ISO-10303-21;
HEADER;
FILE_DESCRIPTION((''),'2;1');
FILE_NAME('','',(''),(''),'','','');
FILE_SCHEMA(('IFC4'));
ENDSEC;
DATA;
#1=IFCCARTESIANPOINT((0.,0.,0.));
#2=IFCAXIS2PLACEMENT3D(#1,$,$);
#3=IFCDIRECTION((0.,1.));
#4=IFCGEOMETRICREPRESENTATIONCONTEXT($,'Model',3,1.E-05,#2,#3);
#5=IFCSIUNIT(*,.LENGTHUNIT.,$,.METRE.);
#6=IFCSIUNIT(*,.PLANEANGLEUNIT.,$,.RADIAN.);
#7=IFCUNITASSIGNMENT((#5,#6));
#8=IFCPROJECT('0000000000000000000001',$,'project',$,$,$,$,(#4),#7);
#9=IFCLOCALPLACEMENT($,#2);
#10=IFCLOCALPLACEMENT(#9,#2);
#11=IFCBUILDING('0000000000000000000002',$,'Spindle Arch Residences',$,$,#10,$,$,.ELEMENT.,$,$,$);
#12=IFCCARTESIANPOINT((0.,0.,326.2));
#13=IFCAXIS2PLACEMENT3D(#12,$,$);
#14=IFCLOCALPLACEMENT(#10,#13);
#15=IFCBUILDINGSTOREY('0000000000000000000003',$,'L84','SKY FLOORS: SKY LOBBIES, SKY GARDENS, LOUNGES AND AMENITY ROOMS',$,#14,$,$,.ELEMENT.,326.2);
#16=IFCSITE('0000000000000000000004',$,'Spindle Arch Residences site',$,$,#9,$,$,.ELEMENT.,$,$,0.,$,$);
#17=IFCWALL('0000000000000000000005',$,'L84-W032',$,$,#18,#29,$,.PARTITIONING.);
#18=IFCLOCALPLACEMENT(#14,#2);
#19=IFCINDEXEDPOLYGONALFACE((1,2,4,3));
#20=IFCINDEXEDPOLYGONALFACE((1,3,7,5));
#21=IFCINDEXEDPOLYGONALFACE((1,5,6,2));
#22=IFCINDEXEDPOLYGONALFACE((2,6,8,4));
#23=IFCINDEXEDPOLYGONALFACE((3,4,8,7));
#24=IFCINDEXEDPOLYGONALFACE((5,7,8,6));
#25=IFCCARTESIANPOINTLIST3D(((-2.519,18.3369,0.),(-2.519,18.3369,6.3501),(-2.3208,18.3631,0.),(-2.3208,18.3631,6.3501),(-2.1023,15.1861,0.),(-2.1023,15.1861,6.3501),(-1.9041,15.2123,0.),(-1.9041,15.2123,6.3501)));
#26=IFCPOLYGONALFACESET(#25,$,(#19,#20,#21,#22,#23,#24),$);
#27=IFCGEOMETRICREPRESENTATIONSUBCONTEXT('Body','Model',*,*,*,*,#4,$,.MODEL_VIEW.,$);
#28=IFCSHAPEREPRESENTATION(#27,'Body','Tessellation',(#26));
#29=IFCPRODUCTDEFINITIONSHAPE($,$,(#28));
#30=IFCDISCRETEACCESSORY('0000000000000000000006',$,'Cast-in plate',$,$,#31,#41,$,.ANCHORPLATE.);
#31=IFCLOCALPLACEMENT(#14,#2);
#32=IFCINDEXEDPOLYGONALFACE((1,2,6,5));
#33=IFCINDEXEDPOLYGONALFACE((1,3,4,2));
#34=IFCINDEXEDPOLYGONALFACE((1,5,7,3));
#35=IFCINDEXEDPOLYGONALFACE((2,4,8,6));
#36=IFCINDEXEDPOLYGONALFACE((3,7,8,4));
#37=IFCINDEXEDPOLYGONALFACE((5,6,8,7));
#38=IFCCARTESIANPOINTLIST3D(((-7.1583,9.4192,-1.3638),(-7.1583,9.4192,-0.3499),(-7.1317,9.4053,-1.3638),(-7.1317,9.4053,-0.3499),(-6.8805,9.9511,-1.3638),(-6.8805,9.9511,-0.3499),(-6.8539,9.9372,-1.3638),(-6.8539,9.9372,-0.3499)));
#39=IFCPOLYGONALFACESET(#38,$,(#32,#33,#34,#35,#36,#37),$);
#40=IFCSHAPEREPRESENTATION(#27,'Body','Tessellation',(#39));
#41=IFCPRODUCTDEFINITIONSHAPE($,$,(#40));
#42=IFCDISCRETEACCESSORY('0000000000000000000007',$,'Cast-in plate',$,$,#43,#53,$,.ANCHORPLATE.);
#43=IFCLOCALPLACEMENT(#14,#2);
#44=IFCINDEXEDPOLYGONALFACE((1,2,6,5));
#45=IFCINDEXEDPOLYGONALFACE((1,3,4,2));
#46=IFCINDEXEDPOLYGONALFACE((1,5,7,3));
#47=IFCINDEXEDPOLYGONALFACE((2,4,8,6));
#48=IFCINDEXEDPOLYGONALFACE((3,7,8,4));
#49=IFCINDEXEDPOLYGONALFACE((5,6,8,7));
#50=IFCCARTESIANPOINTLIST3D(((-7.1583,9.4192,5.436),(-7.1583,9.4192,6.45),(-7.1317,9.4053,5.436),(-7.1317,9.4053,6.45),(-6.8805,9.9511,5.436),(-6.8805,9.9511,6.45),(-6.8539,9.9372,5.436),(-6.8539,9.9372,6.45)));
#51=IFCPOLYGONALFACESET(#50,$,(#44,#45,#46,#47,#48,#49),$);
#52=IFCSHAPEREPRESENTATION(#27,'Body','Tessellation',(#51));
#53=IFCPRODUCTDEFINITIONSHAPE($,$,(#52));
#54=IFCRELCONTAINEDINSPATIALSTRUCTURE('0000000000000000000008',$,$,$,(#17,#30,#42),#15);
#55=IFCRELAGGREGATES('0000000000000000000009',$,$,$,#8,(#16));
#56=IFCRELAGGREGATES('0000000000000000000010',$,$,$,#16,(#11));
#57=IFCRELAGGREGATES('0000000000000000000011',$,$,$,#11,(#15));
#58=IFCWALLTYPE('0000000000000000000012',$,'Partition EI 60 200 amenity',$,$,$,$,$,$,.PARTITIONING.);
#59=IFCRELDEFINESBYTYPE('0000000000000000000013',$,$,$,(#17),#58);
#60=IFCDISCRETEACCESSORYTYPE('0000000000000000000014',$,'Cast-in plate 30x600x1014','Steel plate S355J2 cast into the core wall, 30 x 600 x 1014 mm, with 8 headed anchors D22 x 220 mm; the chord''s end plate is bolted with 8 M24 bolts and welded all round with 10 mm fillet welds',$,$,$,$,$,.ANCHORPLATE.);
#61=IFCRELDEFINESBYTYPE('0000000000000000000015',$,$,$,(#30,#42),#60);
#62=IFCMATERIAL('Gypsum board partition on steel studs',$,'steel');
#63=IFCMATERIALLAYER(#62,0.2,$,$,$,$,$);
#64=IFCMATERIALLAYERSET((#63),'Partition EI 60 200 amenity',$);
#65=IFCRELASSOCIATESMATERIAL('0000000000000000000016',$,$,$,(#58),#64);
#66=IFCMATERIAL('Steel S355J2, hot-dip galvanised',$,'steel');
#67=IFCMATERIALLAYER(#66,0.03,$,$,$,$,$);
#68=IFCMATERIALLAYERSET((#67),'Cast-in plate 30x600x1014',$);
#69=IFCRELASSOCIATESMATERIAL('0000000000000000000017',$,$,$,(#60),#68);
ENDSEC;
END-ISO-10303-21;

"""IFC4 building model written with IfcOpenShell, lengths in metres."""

from ifc_helpers import new_model, si_unit, direction, frame, frame_2d, origin, origin_2d, place, context, subcontext, project, spatial, rectangle, extrude, material, layer, layer_set, type_object, element, save


model = new_model("IFC4")

# Units and contexts
model_context = context("Model", 3, precision=1e-05, world=origin(), true_north=direction((0.0, 1.0)))
body_context = subcontext(model_context, "Body", "Model", "MODEL_VIEW")
ifc_project = project(units=[si_unit("LENGTHUNIT", "METRE"), si_unit("PLANEANGLEUNIT", "RADIAN")], contexts=[model_context])

# Site, building, storey
site_placement = place(None, origin())
site = spatial("IfcSite", under=ifc_project, at=site_placement, Name="Spindle Arch Residences site", CompositionType="ELEMENT", RefElevation=0.0)
building_placement = place(site_placement, origin())
building = spatial("IfcBuilding", under=site, at=building_placement, Name="Spindle Arch Residences", CompositionType="ELEMENT")
storey_placement = place(building_placement, frame((0.0, 0.0, 326.2)))
storey = spatial("IfcBuildingStorey", under=building, at=storey_placement, Name="L84", Description="SKY FLOORS: SKY LOBBIES, SKY GARDENS, LOUNGES AND AMENITY ROOMS", CompositionType="ELEMENT", Elevation=326.2)

# Shared definitions
ifc_material_1 = material(Name="Gypsum board partition on steel studs", Category="steel")
ifc_layer_1 = layer(ifc_material_1, 0.2)
ifc_layer_set_1 = layer_set([ifc_layer_1], Name="Partition EI 60 200 amenity")
wall_type_1 = type_object("IfcWallType", Name="Partition EI 60 200 amenity", PredefinedType="PARTITIONING", material=ifc_layer_set_1)

# Wall
wall_1_placement = place(storey_placement, frame((-2.0032, 15.1992, 0.0), z_axis=(0.0, 0.0, 1.0), x_axis=(-0.131122, 0.991366, 0.0)))
element("IfcWall", 1, at=wall_1_placement, inside=storey, type_object=wall_type_1, Name="L84-W032", PredefinedType="PARTITIONING", context=body_context, shape_type="SweptSolid", body=[
    extrude(rectangle(XDim=3.1782, YDim=0.2, at=frame_2d((1.5891, 0.0))), origin(), (0.0, 0.0, 1.0), 6.3501),
])

# Discrete accessories
ifc_material_2 = material(Name="Steel S355J2, hot-dip galvanised", Category="steel")
ifc_layer_2 = layer(ifc_material_2, 0.03)
ifc_layer_set_2 = layer_set([ifc_layer_2], Name="Cast-in plate 30x600x1014")
discrete_accessory_type = type_object("IfcDiscreteAccessoryType", Name="Cast-in plate 30x600x1014", Description="Steel plate S355J2 cast into the core wall, 30 x 600 x 1014 mm, with 8 headed anchors D22 x 220 mm; the chord's end plate is bolted with 8 M24 bolts and welded all round with 10 mm fillet welds", PredefinedType="ANCHORPLATE", material=ifc_layer_set_2)
for number, where, z_axis, x_axis, name in (
    (2, (-7.0061, 9.6782, -1.3638), (0.0, 0.0, 1.0), (-0.886379, 0.46296, 0.0), "Cast-in plate"),
    (3, (-7.0061, 9.6782, 5.436), (0.0, 0.0, 1.0), (-0.886379, 0.46296, 0.0), "Cast-in plate"),
):
    element("IfcDiscreteAccessory", number, at=place(storey_placement, frame(where, z_axis=z_axis, x_axis=x_axis)), inside=storey, type_object=discrete_accessory_type, Name=name, PredefinedType="ANCHORPLATE", context=body_context, shape_type="SweptSolid", body=[
        extrude(rectangle(XDim=0.03, YDim=0.6001, at=origin_2d()), origin(), (0.0, 0.0, 1.0), 1.0139),
    ])

save(model, "model.ifc")
